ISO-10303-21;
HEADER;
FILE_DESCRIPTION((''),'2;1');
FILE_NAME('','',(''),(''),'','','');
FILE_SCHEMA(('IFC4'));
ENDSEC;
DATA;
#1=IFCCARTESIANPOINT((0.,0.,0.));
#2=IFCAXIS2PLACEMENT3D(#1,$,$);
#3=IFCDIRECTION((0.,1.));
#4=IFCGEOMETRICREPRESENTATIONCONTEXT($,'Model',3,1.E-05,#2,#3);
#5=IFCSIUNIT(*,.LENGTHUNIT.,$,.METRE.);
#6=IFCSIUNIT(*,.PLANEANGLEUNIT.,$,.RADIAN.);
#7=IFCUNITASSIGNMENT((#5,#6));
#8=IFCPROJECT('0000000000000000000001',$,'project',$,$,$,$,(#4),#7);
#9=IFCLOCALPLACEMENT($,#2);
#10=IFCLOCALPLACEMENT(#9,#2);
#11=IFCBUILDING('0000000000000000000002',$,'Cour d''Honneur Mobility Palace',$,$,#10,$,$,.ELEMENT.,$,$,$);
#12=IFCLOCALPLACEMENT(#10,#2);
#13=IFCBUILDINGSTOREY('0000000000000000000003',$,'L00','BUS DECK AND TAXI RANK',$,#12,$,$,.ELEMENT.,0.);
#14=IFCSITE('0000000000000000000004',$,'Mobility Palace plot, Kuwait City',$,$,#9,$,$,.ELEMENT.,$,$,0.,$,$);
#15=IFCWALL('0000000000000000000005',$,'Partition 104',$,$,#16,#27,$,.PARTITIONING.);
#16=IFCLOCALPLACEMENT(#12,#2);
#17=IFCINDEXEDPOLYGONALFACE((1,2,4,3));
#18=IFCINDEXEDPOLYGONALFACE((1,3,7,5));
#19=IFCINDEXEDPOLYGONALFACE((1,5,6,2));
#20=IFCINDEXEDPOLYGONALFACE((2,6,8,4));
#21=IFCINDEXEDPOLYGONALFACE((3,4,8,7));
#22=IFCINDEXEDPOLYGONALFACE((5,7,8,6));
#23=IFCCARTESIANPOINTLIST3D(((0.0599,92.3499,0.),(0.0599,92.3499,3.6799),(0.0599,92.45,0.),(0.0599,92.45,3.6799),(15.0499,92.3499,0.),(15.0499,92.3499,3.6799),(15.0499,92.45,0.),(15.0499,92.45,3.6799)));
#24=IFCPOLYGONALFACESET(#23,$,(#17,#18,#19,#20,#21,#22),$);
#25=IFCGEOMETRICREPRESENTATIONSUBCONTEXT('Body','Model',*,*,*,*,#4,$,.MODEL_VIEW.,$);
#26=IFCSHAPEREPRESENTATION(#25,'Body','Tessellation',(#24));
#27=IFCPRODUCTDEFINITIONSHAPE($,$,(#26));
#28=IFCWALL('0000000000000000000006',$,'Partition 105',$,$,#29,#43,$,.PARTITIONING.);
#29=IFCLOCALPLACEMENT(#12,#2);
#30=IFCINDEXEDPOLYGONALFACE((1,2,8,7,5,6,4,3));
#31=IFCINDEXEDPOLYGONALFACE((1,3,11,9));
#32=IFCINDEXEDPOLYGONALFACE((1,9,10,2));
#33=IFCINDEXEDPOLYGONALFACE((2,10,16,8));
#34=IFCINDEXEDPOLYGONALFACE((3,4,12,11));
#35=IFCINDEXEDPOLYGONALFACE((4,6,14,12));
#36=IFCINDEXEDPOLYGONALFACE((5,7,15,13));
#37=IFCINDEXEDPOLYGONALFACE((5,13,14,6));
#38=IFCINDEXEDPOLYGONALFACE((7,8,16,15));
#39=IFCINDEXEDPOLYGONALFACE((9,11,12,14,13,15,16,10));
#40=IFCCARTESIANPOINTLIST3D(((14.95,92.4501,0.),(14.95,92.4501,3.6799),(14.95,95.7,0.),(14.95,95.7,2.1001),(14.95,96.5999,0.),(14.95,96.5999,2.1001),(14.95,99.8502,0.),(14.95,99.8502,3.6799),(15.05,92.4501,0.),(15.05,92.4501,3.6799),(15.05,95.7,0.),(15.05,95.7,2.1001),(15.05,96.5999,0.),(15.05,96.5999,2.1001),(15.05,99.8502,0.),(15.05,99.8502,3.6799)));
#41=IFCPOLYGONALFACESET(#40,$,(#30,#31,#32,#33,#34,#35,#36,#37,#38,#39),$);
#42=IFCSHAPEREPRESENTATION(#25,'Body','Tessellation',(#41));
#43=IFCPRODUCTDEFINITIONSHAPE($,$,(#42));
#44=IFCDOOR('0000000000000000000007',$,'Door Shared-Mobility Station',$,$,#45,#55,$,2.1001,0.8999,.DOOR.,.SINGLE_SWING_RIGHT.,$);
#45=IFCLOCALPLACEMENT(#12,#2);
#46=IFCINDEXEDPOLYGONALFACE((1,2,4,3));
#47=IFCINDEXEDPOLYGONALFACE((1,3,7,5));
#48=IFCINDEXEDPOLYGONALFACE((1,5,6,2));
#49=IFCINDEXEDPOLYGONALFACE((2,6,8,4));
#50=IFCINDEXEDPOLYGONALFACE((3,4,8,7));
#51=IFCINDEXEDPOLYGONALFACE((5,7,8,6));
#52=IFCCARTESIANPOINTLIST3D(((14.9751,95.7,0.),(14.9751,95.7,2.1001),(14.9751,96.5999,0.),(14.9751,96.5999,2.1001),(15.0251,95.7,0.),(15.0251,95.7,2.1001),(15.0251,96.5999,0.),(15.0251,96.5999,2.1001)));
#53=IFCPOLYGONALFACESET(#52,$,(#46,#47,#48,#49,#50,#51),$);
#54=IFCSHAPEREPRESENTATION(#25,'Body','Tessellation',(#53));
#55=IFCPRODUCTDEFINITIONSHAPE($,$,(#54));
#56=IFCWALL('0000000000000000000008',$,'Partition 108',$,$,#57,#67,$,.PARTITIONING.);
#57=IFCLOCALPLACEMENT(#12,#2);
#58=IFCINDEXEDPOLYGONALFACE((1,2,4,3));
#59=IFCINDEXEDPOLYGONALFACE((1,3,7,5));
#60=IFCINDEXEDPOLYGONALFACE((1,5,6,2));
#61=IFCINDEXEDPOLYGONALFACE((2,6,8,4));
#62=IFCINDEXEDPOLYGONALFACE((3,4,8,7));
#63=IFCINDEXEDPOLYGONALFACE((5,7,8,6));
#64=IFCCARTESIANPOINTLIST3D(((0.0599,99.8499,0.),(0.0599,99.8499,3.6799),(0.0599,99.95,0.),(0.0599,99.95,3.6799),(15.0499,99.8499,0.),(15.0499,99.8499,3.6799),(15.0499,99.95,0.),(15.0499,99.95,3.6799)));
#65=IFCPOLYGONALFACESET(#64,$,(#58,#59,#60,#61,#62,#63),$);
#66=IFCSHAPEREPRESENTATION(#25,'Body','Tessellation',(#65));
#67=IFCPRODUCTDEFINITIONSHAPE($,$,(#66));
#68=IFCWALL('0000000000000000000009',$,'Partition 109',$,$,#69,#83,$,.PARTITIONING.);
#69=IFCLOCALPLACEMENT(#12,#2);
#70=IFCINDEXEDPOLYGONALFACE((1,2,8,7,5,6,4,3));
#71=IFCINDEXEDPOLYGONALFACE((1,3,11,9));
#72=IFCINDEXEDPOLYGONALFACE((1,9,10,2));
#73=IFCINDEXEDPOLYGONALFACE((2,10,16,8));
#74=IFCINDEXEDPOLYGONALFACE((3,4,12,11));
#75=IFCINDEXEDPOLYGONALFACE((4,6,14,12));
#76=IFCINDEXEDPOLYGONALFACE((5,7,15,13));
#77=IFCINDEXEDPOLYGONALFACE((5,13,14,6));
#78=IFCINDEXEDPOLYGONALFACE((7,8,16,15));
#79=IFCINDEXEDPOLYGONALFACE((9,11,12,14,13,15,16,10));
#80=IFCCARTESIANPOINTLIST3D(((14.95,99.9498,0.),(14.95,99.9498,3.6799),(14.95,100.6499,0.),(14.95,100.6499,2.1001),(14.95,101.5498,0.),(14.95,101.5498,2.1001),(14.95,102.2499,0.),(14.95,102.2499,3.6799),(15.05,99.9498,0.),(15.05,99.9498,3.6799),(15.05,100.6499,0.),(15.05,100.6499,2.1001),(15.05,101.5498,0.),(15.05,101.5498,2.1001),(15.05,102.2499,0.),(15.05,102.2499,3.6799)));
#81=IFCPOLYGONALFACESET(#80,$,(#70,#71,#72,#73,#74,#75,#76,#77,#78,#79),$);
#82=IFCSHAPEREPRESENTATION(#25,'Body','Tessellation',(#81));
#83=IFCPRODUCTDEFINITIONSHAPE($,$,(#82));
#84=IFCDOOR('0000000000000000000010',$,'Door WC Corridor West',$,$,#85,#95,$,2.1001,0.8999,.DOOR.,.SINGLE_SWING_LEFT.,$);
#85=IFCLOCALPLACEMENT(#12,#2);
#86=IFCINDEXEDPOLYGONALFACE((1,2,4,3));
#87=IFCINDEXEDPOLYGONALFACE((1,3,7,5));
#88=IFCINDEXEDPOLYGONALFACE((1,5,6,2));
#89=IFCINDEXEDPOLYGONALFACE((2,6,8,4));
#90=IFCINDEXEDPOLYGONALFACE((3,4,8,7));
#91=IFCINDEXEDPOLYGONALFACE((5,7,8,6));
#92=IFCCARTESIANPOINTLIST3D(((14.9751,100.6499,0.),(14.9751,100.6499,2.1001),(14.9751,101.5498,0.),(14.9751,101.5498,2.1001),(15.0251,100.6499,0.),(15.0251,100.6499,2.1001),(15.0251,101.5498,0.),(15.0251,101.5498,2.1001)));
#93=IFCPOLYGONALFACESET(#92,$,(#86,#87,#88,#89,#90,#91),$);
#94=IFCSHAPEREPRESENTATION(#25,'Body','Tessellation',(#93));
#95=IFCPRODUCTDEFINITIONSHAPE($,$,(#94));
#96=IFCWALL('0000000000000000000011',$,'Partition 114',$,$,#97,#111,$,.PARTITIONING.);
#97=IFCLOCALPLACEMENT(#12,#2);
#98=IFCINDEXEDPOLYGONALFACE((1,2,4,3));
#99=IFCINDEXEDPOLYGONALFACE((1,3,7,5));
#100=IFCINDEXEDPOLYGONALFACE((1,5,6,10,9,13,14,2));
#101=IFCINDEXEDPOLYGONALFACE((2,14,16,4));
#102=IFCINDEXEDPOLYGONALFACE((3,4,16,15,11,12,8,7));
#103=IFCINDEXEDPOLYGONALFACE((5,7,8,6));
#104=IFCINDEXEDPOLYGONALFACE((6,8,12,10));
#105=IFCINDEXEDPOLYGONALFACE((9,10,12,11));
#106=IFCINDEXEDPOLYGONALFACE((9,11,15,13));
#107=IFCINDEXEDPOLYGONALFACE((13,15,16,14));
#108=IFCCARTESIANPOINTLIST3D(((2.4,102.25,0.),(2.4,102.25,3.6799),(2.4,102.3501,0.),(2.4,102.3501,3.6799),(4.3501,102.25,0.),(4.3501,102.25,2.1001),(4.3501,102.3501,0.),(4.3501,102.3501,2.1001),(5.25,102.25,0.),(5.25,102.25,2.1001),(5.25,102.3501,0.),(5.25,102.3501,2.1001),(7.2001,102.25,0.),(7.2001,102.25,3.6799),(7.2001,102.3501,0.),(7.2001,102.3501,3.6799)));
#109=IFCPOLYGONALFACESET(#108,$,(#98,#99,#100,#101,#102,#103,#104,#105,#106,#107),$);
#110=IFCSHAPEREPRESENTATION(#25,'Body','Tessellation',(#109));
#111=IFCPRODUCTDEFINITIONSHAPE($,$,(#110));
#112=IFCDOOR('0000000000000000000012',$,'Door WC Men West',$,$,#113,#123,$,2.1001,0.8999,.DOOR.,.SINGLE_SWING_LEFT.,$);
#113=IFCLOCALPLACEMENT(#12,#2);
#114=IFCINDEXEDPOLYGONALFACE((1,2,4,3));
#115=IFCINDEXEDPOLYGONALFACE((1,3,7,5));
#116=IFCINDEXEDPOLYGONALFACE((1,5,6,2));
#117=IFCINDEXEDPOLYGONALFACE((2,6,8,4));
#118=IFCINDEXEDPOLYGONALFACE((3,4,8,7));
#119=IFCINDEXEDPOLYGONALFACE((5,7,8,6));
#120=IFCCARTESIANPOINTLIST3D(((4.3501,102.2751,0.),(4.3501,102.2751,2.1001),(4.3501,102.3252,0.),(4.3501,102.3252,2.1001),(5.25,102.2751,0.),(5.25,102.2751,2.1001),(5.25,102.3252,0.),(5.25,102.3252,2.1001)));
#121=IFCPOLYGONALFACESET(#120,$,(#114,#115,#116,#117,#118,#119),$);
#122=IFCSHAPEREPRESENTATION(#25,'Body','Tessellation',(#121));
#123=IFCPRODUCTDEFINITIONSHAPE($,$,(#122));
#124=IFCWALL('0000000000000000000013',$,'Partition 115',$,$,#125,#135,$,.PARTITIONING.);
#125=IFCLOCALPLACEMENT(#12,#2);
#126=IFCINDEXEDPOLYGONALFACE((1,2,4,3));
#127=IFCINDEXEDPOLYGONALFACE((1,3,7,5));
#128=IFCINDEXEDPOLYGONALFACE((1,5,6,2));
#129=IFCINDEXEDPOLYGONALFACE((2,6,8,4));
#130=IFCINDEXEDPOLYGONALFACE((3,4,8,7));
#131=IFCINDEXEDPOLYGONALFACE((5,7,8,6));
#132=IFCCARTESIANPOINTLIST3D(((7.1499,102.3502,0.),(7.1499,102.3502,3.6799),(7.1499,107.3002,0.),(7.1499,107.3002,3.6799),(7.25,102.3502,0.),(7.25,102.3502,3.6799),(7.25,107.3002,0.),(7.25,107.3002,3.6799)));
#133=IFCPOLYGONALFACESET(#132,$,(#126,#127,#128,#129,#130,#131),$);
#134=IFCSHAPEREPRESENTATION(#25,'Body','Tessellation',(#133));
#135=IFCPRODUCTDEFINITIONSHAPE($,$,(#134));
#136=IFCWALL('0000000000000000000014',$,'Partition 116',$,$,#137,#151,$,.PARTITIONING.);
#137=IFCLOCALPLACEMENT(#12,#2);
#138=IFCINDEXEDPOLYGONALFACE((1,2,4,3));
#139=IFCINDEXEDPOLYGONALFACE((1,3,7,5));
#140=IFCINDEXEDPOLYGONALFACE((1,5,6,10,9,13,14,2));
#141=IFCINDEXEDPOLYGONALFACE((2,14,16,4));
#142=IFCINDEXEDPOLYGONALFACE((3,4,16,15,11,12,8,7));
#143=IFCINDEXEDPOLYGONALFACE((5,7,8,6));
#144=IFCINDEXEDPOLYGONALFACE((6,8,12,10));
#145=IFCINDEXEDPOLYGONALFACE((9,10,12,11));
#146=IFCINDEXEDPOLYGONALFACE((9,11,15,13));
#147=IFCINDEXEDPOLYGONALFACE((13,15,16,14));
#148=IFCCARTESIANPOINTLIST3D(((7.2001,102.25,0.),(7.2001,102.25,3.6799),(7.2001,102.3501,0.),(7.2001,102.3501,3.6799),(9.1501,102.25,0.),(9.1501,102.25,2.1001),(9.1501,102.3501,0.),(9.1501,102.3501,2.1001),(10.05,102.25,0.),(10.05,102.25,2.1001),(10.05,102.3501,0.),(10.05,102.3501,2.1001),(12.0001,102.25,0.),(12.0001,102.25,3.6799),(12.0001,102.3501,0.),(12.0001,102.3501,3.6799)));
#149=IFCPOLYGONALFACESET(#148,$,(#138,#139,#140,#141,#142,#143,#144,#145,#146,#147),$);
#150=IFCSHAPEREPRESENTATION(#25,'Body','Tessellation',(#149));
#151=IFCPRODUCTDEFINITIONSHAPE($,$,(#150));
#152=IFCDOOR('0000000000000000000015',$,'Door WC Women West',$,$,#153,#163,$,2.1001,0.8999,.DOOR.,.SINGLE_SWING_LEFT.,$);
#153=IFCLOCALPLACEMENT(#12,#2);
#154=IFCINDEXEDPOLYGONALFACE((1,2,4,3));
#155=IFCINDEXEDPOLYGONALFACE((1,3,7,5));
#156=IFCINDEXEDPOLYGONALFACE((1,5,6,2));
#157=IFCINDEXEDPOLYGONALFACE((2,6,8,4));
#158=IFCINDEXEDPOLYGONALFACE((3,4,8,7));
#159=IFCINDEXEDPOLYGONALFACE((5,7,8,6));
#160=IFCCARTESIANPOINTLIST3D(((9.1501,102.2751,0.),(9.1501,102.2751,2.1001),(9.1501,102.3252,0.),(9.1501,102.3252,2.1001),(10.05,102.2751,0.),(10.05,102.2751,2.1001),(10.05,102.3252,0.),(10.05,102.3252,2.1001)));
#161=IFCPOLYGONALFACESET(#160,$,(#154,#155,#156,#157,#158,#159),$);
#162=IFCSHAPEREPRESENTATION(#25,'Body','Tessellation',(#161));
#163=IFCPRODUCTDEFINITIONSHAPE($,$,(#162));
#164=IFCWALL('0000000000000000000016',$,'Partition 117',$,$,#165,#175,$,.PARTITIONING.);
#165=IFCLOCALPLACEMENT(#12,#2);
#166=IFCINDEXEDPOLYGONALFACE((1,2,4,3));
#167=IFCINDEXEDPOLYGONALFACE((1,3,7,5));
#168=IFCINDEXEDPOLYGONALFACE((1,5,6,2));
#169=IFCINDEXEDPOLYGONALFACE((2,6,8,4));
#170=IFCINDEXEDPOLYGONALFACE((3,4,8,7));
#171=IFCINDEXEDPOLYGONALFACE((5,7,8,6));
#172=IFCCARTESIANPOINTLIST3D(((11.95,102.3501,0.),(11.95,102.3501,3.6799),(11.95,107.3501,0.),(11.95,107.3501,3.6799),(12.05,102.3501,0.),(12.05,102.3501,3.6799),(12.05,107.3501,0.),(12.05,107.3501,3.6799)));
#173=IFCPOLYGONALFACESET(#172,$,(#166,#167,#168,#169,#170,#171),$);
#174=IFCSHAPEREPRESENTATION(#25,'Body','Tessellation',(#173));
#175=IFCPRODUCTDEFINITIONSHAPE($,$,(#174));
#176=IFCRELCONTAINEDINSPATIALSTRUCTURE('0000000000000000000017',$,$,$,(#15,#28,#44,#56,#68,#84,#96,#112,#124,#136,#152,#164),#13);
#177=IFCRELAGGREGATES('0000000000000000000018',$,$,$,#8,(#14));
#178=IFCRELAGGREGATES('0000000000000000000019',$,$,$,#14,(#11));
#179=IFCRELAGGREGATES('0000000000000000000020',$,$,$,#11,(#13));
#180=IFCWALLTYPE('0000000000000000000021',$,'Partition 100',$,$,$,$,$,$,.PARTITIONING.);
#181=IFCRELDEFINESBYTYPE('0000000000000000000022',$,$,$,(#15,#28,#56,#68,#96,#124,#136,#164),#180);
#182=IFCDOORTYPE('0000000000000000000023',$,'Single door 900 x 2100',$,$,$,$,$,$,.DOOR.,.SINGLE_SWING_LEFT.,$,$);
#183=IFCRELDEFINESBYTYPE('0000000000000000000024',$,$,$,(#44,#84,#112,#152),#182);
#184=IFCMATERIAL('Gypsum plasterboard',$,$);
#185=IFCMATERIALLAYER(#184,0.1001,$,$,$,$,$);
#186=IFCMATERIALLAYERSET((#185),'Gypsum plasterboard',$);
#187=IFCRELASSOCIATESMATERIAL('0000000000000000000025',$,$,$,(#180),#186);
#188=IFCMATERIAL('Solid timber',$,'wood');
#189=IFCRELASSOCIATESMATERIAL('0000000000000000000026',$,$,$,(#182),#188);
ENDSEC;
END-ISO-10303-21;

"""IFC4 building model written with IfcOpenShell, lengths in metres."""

from ifc_helpers import new_model, si_unit, direction, frame, frame_2d, origin, place, context, subcontext, project, spatial, rectangle, extrude, material, layer, layer_set, type_object, element, fill, save


model = new_model("IFC4")

# Units and contexts
model_context = context("Model", 3, precision=1e-05, world=origin(), true_north=direction((0.0, 1.0)))
body_context = subcontext(model_context, "Body", "Model", "MODEL_VIEW")
ifc_project = project(units=[si_unit("LENGTHUNIT", "METRE"), si_unit("PLANEANGLEUNIT", "RADIAN")], contexts=[model_context])

# Site, building, storey
site_placement = place(None, origin())
site = spatial("IfcSite", under=ifc_project, at=site_placement, Name="Mobility Palace plot, Kuwait City", CompositionType="ELEMENT", RefElevation=0.0)
building_placement = place(site_placement, origin())
building = spatial("IfcBuilding", under=site, at=building_placement, Name="Cour d'Honneur Mobility Palace", CompositionType="ELEMENT")
storey_placement = place(building_placement, origin())
storey = spatial("IfcBuildingStorey", under=building, at=storey_placement, Name="L00", Description="BUS DECK AND TAXI RANK", CompositionType="ELEMENT", Elevation=0.0)

# Wall
ifc_material_1 = material(Name="Gypsum plasterboard")
ifc_layer = layer(ifc_material_1, 0.1001)
ifc_layer_set = layer_set([ifc_layer], Name="Gypsum plasterboard")
wall_type = type_object("IfcWallType", Name="Partition 100", PredefinedType="PARTITIONING", material=ifc_layer_set)
wall_1_placement = place(storey_placement, frame((15.05, 92.3999, 0.0), z_axis=(0.0, 0.0, 1.0), x_axis=(-1.0, 0.0, 0.0)))
element("IfcWall", 1, at=wall_1_placement, inside=storey, type_object=wall_type, Name="Partition 104", PredefinedType="PARTITIONING", context=body_context, shape_type="SweptSolid", body=[
    extrude(rectangle(XDim=14.99, YDim=0.1001, at=frame_2d((7.4951, 0.0))), origin(), (0.0, 0.0, 1.0), 3.6799),
])

# Wall, opening, door
wall_2_placement = place(storey_placement, frame((15.0, 92.45, 0.0), z_axis=(0.0, 0.0, 1.0), x_axis=(0.0, 1.0, 0.0)))
wall_2 = element("IfcWall", 2, at=wall_2_placement, inside=storey, type_object=wall_type, Name="Partition 105", PredefinedType="PARTITIONING", context=body_context, shape_type="SweptSolid", body=[
    extrude(rectangle(XDim=7.4001, YDim=0.1001, at=frame_2d((3.7002, 0.0))), origin(), (0.0, 0.0, 1.0), 3.6799),
])
opening_1_placement = place(wall_2_placement, frame((3.25, 0.0, 0.0)))
opening_1 = element("IfcOpeningElement", 3, at=opening_1_placement, cuts=wall_2, PredefinedType="OPENING", context=body_context, shape_type="SweptSolid", body=[
    extrude(rectangle(XDim=0.8999, YDim=2.1001, at=frame_2d((0.45, 1.05))), frame((0.0, 0.0601, 0.0), z_axis=(0.0, -1.0, 0.0), x_axis=(1.0, 0.0, 0.0)), (0.0, 0.0, 1.0), 0.1201),
])
ifc_material_2 = material(Name="Solid timber", Category="wood")
door_type_1 = type_object("IfcDoorType", Name="Single door 900 x 2100", OperationType="SINGLE_SWING_LEFT", PredefinedType="DOOR", material=ifc_material_2)
door_1_placement = place(opening_1_placement, origin())
door_1 = element("IfcDoor", 4, at=door_1_placement, inside=storey, type_object=door_type_1, Name="Door Shared-Mobility Station", OperationType="SINGLE_SWING_RIGHT", OverallHeight=2.1001, OverallWidth=0.8999, PredefinedType="DOOR", context=body_context, shape_type="SweptSolid", body=[
    extrude(rectangle(XDim=0.8999, YDim=2.1001, at=frame_2d((0.45, 1.05))), frame((0.0, 0.0249, 0.0), z_axis=(0.0, -1.0, 0.0), x_axis=(1.0, 0.0, 0.0)), (0.0, 0.0, 1.0), 0.05),
])
fill(opening_1, door_1)

# Wall
wall_3_placement = place(storey_placement, frame((15.05, 99.8999, 0.0), z_axis=(0.0, 0.0, 1.0), x_axis=(-1.0, 0.0, 0.0)))
element("IfcWall", 5, at=wall_3_placement, inside=storey, type_object=wall_type, Name="Partition 108", PredefinedType="PARTITIONING", context=body_context, shape_type="SweptSolid", body=[
    extrude(rectangle(XDim=14.99, YDim=0.1001, at=frame_2d((7.4951, 0.0))), origin(), (0.0, 0.0, 1.0), 3.6799),
])

# Walls, openings, doors
wall_4_placement = place(storey_placement, frame((15.0, 99.95, 0.0), z_axis=(0.0, 0.0, 1.0), x_axis=(0.0, 1.0, 0.0)))
wall_4 = element("IfcWall", 6, at=wall_4_placement, inside=storey, type_object=wall_type, Name="Partition 109", PredefinedType="PARTITIONING", context=body_context, shape_type="SweptSolid", body=[
    extrude(rectangle(XDim=2.3, YDim=0.1001, at=frame_2d((1.1499, 0.0))), origin(), (0.0, 0.0, 1.0), 3.6799),
])
opening_2_placement = place(wall_4_placement, frame((0.7, 0.0, 0.0)))
opening_2 = element("IfcOpeningElement", 7, at=opening_2_placement, cuts=wall_4, PredefinedType="OPENING", context=body_context, shape_type="SweptSolid", body=[
    extrude(rectangle(XDim=0.8999, YDim=2.1001, at=frame_2d((0.45, 1.05))), frame((0.0, 0.0601, 0.0), z_axis=(0.0, -1.0, 0.0), x_axis=(1.0, 0.0, 0.0)), (0.0, 0.0, 1.0), 0.1201),
])
door_2_placement = place(opening_2_placement, origin())
door_2 = element("IfcDoor", 8, at=door_2_placement, inside=storey, type_object=door_type_1, Name="Door WC Corridor West", OperationType="SINGLE_SWING_LEFT", OverallHeight=2.1001, OverallWidth=0.8999, PredefinedType="DOOR", context=body_context, shape_type="SweptSolid", body=[
    extrude(rectangle(XDim=0.8999, YDim=2.1001, at=frame_2d((0.45, 1.05))), frame((0.0, 0.0249, 0.0), z_axis=(0.0, -1.0, 0.0), x_axis=(1.0, 0.0, 0.0)), (0.0, 0.0, 1.0), 0.05),
])
fill(opening_2, door_2)
wall_5_placement = place(storey_placement, frame((7.2, 102.3, 0.0), z_axis=(0.0, 0.0, 1.0), x_axis=(-1.0, 0.0, 0.0)))
wall_5 = element("IfcWall", 9, at=wall_5_placement, inside=storey, type_object=wall_type, Name="Partition 114", PredefinedType="PARTITIONING", context=body_context, shape_type="SweptSolid", body=[
    extrude(rectangle(XDim=4.8, YDim=0.1001, at=frame_2d((2.3999, 0.0))), origin(), (0.0, 0.0, 1.0), 3.6799),
])
opening_3_placement = place(wall_5_placement, frame((1.95, 0.0, 0.0)))
opening_3 = element("IfcOpeningElement", 10, at=opening_3_placement, cuts=wall_5, PredefinedType="OPENING", context=body_context, shape_type="SweptSolid", body=[
    extrude(rectangle(XDim=0.8999, YDim=2.1001, at=frame_2d((0.45, 1.05))), frame((0.0, 0.0601, 0.0), z_axis=(0.0, -1.0, 0.0), x_axis=(1.0, 0.0, 0.0)), (0.0, 0.0, 1.0), 0.1201),
])
door_3_placement = place(opening_3_placement, origin())
door_3 = element("IfcDoor", 11, at=door_3_placement, inside=storey, type_object=door_type_1, Name="Door WC Men West", OperationType="SINGLE_SWING_LEFT", OverallHeight=2.1001, OverallWidth=0.8999, PredefinedType="DOOR", context=body_context, shape_type="SweptSolid", body=[
    extrude(rectangle(XDim=0.8999, YDim=2.1001, at=frame_2d((0.45, 1.05))), frame((0.0, 0.0249, 0.0), z_axis=(0.0, -1.0, 0.0), x_axis=(1.0, 0.0, 0.0)), (0.0, 0.0, 1.0), 0.05),
])
fill(opening_3, door_3)

# Wall
wall_6_placement = place(storey_placement, frame((7.2, 102.3501, 0.0), z_axis=(0.0, 0.0, 1.0), x_axis=(0.0, 1.0, 0.0)))
element("IfcWall", 12, at=wall_6_placement, inside=storey, type_object=wall_type, Name="Partition 115", PredefinedType="PARTITIONING", context=body_context, shape_type="SweptSolid", body=[
    extrude(rectangle(XDim=4.95, YDim=0.1001, at=frame_2d((2.4751, 0.0))), origin(), (0.0, 0.0, 1.0), 3.6799),
])

# Wall, opening, door
wall_7_placement = place(storey_placement, frame((12.0, 102.3, 0.0), z_axis=(0.0, 0.0, 1.0), x_axis=(-1.0, 0.0, 0.0)))
wall_7 = element("IfcWall", 13, at=wall_7_placement, inside=storey, type_object=wall_type, Name="Partition 116", PredefinedType="PARTITIONING", context=body_context, shape_type="SweptSolid", body=[
    extrude(rectangle(XDim=4.8, YDim=0.1001, at=frame_2d((2.3999, 0.0))), origin(), (0.0, 0.0, 1.0), 3.6799),
])
opening_4_placement = place(wall_7_placement, frame((1.95, 0.0, 0.0)))
opening_4 = element("IfcOpeningElement", 14, at=opening_4_placement, cuts=wall_7, PredefinedType="OPENING", context=body_context, shape_type="SweptSolid", body=[
    extrude(rectangle(XDim=0.8999, YDim=2.1001, at=frame_2d((0.45, 1.05))), frame((0.0, 0.0601, 0.0), z_axis=(0.0, -1.0, 0.0), x_axis=(1.0, 0.0, 0.0)), (0.0, 0.0, 1.0), 0.1201),
])
door_4_placement = place(opening_4_placement, origin())
door_4 = element("IfcDoor", 15, at=door_4_placement, inside=storey, type_object=door_type_1, Name="Door WC Women West", OperationType="SINGLE_SWING_LEFT", OverallHeight=2.1001, OverallWidth=0.8999, PredefinedType="DOOR", context=body_context, shape_type="SweptSolid", body=[
    extrude(rectangle(XDim=0.8999, YDim=2.1001, at=frame_2d((0.45, 1.05))), frame((0.0, 0.0249, 0.0), z_axis=(0.0, -1.0, 0.0), x_axis=(1.0, 0.0, 0.0)), (0.0, 0.0, 1.0), 0.05),
])
fill(opening_4, door_4)

# Wall
wall_8_placement = place(storey_placement, frame((12.0, 102.3501, 0.0), z_axis=(0.0, 0.0, 1.0), x_axis=(0.0, 1.0, 0.0)))
element("IfcWall", 16, at=wall_8_placement, inside=storey, type_object=wall_type, Name="Partition 117", PredefinedType="PARTITIONING", context=body_context, shape_type="SweptSolid", body=[
    extrude(rectangle(XDim=5.0, YDim=0.1001, at=frame_2d((2.5, 0.0))), origin(), (0.0, 0.0, 1.0), 3.6799),
])

save(model, "model.ifc")
